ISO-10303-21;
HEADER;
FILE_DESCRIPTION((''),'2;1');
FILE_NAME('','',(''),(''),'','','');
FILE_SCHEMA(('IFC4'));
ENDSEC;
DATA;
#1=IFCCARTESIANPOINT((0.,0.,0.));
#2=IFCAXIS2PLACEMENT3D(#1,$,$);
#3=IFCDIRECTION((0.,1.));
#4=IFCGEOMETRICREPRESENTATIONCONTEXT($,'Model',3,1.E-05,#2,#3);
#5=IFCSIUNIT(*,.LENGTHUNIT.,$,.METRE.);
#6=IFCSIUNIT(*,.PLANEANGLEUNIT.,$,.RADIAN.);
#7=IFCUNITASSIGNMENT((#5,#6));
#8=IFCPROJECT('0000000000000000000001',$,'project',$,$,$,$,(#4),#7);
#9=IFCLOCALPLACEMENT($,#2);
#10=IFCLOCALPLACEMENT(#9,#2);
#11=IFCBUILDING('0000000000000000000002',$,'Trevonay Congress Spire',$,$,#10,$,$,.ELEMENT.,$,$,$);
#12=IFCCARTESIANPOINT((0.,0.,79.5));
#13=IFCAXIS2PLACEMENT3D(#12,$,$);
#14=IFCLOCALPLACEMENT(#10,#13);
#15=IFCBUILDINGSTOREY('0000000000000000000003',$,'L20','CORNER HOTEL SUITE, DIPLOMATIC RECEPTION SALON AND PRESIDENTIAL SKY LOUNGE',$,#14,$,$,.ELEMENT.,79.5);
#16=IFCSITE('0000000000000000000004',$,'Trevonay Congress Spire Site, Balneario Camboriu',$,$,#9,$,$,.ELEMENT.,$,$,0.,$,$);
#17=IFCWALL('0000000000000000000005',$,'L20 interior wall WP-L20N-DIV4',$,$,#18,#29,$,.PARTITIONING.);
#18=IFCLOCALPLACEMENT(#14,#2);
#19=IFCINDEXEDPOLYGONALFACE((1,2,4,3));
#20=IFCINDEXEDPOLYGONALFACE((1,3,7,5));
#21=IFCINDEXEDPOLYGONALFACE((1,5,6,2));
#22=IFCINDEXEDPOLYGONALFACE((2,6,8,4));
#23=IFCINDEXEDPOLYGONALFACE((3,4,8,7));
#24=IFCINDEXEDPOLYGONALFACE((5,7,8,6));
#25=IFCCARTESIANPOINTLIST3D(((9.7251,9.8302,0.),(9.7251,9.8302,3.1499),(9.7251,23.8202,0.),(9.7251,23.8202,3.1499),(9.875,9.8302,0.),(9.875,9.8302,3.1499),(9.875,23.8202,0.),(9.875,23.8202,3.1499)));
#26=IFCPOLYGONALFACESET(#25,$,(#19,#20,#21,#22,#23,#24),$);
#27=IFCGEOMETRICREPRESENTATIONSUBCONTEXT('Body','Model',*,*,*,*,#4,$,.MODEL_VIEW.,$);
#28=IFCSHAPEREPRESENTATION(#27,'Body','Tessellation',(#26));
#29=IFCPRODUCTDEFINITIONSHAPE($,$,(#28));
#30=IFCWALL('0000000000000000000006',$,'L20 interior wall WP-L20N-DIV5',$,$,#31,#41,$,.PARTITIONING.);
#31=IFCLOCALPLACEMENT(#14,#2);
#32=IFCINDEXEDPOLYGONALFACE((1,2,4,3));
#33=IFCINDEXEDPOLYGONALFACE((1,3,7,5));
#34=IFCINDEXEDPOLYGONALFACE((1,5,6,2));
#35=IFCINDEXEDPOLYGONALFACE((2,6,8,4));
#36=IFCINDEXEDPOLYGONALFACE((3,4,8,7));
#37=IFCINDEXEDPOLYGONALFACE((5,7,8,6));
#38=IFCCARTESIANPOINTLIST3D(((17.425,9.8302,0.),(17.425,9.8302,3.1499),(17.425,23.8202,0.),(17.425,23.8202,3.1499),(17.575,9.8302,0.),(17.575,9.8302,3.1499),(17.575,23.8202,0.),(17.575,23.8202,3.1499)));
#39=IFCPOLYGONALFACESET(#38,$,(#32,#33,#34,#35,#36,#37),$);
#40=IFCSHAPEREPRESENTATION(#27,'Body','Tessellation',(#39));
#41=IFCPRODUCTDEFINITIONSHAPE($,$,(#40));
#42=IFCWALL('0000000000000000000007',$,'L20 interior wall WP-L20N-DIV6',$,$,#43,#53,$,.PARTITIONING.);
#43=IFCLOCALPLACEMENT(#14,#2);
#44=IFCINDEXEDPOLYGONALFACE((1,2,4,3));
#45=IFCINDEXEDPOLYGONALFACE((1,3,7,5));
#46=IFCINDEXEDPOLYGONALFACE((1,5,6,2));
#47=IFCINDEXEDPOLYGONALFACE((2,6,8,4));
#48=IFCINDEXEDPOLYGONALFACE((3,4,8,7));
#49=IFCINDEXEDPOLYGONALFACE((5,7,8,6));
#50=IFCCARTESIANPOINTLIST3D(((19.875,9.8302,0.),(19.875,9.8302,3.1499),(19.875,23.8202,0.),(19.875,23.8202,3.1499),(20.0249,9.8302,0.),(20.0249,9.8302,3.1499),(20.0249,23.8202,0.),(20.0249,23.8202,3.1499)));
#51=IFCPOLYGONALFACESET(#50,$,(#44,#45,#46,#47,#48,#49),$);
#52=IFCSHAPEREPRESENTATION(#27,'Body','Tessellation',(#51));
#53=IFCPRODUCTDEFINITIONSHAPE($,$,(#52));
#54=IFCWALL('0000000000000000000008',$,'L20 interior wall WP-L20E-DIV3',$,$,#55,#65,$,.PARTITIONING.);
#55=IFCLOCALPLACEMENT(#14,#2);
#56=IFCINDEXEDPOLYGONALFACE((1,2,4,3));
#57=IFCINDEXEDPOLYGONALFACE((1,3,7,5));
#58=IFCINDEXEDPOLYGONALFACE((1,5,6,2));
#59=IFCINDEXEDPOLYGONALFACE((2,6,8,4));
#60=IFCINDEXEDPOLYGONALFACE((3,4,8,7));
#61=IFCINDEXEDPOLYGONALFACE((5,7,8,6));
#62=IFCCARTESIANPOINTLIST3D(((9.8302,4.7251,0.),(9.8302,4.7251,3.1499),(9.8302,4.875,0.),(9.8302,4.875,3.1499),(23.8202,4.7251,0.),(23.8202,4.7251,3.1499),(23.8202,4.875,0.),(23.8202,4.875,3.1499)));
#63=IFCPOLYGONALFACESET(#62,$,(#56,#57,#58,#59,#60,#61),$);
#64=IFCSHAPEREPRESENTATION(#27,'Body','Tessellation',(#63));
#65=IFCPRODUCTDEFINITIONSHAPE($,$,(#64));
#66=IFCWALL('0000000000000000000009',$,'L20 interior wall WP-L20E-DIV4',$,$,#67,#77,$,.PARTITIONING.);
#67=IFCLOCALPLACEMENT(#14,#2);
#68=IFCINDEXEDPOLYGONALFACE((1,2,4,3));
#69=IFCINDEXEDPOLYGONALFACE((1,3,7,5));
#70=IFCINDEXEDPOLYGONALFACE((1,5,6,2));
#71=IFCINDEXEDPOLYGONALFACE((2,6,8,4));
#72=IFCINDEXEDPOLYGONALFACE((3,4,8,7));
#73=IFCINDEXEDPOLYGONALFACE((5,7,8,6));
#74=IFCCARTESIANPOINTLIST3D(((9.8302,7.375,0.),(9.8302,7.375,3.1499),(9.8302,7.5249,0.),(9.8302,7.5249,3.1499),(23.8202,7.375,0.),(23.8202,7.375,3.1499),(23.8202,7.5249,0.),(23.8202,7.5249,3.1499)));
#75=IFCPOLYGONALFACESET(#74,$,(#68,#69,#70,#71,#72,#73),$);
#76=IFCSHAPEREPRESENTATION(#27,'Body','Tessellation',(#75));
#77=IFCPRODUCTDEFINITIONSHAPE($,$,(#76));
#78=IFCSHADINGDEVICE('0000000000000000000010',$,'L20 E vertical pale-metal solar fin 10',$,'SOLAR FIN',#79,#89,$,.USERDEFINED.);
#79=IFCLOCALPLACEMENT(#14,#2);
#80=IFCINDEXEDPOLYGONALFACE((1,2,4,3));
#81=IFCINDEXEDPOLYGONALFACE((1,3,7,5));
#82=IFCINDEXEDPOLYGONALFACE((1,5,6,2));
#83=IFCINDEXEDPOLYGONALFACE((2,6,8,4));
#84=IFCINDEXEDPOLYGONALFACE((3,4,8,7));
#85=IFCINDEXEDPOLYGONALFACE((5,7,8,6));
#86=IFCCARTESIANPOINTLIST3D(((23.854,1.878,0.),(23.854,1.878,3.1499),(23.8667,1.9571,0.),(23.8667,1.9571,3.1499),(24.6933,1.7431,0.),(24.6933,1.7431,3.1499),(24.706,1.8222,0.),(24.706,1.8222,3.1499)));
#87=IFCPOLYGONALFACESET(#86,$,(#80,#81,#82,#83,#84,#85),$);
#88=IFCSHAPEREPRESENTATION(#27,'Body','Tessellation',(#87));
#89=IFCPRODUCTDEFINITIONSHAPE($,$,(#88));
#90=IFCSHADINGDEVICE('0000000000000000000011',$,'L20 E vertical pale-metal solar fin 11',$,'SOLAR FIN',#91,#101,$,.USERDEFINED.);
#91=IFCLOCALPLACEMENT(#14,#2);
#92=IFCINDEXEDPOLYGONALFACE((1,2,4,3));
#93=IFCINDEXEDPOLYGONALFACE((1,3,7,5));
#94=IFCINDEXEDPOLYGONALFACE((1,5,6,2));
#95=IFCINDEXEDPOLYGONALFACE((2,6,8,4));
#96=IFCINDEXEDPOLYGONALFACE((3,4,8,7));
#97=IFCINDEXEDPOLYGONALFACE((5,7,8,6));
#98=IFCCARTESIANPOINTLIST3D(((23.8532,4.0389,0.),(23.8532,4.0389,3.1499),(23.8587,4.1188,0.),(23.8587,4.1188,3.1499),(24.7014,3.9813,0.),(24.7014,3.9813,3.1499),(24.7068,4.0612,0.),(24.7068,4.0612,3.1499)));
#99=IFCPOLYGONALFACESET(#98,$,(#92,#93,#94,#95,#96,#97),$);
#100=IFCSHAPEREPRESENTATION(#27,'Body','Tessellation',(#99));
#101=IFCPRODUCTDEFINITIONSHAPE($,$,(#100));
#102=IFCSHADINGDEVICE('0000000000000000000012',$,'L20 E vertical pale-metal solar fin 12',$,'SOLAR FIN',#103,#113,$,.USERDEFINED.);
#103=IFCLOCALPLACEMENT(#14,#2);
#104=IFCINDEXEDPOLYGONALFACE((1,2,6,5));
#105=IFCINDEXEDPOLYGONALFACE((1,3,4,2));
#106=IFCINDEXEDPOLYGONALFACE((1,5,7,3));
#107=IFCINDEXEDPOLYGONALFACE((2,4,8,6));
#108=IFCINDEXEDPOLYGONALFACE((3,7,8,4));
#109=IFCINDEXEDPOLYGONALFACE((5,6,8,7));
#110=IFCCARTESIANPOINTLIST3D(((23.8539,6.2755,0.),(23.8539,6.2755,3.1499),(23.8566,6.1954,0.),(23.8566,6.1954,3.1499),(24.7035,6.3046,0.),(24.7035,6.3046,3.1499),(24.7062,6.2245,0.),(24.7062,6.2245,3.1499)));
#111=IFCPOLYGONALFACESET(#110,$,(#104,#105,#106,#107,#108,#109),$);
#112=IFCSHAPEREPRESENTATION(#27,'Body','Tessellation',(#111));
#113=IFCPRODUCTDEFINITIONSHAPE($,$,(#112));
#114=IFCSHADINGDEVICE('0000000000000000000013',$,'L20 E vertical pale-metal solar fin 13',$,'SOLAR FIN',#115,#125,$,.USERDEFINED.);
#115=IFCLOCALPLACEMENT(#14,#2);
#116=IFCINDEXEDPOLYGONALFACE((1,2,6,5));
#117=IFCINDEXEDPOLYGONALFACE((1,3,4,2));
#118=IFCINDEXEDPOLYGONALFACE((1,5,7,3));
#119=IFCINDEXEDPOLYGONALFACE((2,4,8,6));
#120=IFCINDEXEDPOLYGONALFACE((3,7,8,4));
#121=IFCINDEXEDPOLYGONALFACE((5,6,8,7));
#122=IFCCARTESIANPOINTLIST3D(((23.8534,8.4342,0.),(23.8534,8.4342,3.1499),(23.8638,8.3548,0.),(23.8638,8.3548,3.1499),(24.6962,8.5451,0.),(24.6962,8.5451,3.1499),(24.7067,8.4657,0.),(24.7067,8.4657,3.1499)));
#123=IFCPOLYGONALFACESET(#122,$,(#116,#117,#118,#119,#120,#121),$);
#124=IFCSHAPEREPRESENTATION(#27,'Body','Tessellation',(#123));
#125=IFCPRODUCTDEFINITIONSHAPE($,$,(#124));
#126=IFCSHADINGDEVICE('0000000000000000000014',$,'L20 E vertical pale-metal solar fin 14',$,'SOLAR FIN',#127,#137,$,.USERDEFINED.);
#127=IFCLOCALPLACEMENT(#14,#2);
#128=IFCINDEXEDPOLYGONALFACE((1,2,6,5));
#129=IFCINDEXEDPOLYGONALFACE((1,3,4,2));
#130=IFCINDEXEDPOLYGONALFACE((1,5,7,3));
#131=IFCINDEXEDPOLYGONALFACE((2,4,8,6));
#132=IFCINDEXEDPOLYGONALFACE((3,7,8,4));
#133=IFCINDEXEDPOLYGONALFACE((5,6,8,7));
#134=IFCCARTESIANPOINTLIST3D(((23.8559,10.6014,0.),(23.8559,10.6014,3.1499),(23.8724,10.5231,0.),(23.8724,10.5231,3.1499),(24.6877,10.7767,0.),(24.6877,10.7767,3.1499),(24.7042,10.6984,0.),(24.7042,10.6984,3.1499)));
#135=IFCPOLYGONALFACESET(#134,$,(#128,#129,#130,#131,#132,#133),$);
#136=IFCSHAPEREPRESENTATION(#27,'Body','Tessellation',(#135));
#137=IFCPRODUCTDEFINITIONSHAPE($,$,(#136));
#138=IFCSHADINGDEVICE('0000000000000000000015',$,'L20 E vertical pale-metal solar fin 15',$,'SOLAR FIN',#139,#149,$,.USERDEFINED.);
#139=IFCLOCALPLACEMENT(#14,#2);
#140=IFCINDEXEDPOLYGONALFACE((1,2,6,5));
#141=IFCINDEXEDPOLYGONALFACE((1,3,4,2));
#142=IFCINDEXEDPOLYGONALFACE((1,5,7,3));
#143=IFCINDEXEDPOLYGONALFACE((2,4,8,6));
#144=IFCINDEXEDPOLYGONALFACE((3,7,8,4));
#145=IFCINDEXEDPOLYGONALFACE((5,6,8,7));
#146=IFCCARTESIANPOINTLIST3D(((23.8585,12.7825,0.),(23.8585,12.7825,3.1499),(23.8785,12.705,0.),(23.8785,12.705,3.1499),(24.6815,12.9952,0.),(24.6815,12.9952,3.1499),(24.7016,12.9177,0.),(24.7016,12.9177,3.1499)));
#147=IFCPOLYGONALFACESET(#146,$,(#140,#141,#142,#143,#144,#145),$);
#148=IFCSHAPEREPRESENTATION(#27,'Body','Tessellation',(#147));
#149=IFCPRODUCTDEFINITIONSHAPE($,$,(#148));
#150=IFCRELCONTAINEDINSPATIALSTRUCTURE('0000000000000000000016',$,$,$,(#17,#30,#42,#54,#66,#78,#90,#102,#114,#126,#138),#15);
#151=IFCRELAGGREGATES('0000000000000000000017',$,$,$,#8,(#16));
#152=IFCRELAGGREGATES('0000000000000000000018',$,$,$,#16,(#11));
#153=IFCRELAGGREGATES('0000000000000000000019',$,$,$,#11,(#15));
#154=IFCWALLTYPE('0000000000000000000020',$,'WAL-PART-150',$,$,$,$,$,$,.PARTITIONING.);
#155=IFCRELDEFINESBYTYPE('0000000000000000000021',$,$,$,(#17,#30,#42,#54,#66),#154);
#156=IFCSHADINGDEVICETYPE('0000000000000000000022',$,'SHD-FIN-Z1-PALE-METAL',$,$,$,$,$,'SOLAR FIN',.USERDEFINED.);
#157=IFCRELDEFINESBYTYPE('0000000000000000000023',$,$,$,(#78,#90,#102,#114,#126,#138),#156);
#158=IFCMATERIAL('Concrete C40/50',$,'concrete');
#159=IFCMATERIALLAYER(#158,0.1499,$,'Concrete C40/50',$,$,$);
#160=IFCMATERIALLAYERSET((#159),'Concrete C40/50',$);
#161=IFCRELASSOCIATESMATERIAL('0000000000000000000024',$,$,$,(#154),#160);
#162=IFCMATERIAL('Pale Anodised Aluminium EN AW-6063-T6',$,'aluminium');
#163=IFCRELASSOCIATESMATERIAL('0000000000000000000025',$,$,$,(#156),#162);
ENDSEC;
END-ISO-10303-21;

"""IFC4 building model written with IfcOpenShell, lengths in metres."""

from ifc_helpers import new_model, si_unit, direction, frame, frame_2d, origin, origin_2d, place, context, subcontext, project, spatial, rectangle, extrude, material, layer, layer_set, type_object, element, save


model = new_model("IFC4")

# Units and contexts
model_context = context("Model", 3, precision=1e-05, world=origin(), true_north=direction((0.0, 1.0)))
body_context = subcontext(model_context, "Body", "Model", "MODEL_VIEW")
ifc_project = project(units=[si_unit("LENGTHUNIT", "METRE"), si_unit("PLANEANGLEUNIT", "RADIAN")], contexts=[model_context])

# Site, building, storey
site_placement = place(None, origin())
site = spatial("IfcSite", under=ifc_project, at=site_placement, Name="Trevonay Congress Spire Site, Balneario Camboriu", CompositionType="ELEMENT", RefElevation=0.0)
building_placement = place(site_placement, origin())
building = spatial("IfcBuilding", under=site, at=building_placement, Name="Trevonay Congress Spire", CompositionType="ELEMENT")
storey_placement = place(building_placement, frame((0.0, 0.0, 79.5)))
storey = spatial("IfcBuildingStorey", under=building, at=storey_placement, Name="L20", Description="CORNER HOTEL SUITE, DIPLOMATIC RECEPTION SALON AND PRESIDENTIAL SKY LOUNGE", CompositionType="ELEMENT", Elevation=79.5)

# Shared definitions
ifc_material_1 = material(Name="Pale Anodised Aluminium EN AW-6063-T6", Category="aluminium")

# Walls
ifc_material_2 = material(Name="Concrete C40/50", Category="concrete")
ifc_layer_1 = layer(ifc_material_2, 0.1499, Name="Concrete C40/50")
ifc_layer_set_1 = layer_set([ifc_layer_1], Name="Concrete C40/50")
wall_type = type_object("IfcWallType", Name="WAL-PART-150", PredefinedType="PARTITIONING", material=ifc_layer_set_1)
for number, where, z_axis, x_axis, name in (
    (1, (9.8, 9.8301, 0.0), (0.0, 0.0, 1.0), (0.0, 1.0, 0.0), "L20 interior wall WP-L20N-DIV4"),
    (2, (17.5, 9.8301, 0.0), (0.0, 0.0, 1.0), (0.0, 1.0, 0.0), "L20 interior wall WP-L20N-DIV5"),
    (3, (19.95, 9.8301, 0.0), (0.0, 0.0, 1.0), (0.0, 1.0, 0.0), "L20 interior wall WP-L20N-DIV6"),
    (4, (9.8301, 4.8, 0.0), (0.0, 0.0, 1.0), (1.0, 0.0, 0.0), "L20 interior wall WP-L20E-DIV3"),
    (5, (9.8301, 7.45, 0.0), (0.0, 0.0, 1.0), (1.0, 0.0, 0.0), "L20 interior wall WP-L20E-DIV4"),
):
    element("IfcWall", number, at=place(storey_placement, frame(where, z_axis=z_axis, x_axis=x_axis)), inside=storey, type_object=wall_type, Name=name, PredefinedType="PARTITIONING", context=body_context, shape_type="SweptSolid", body=[
        extrude(rectangle(XDim=13.99, YDim=0.1499, at=frame_2d((6.9951, 0.0))), origin(), (0.0, 0.0, 1.0), 3.1499),
    ])

# Shading devices
shading_device_type = type_object("IfcShadingDeviceType", Name="SHD-FIN-Z1-PALE-METAL", ElementType="SOLAR FIN", PredefinedType="USERDEFINED", material=ifc_material_1)
for number, where, z_axis, x_axis, name in (
    (6, (24.28, 1.8501, 0.0), (0.0, 0.0, 1.0), (0.158675, 0.987331, 0.0), "L20 E vertical pale-metal solar fin 10"),
    (7, (24.28, 4.05, 0.0), (0.0, 0.0, 1.0), (0.067667, 0.997708, 0.0), "L20 E vertical pale-metal solar fin 11"),
    (8, (24.28, 6.25, 0.0), (0.0, 0.0, 1.0), (-0.034202, 0.999415, 0.0), "L20 E vertical pale-metal solar fin 12"),
    (9, (24.28, 8.45, 0.0), (0.0, 0.0, 1.0), (-0.130526, 0.991445, 0.0), "L20 E vertical pale-metal solar fin 13"),
    (10, (24.28, 10.6499, 0.0), (0.0, 0.0, 1.0), (-0.206204, 0.978509, 0.0), "L20 E vertical pale-metal solar fin 14"),
    (11, (24.28, 12.8501, 0.0), (0.0, 0.0, 1.0), (-0.250211, 0.968191, 0.0), "L20 E vertical pale-metal solar fin 15"),
):
    element("IfcShadingDevice", number, at=place(storey_placement, frame(where, z_axis=z_axis, x_axis=x_axis)), inside=storey, type_object=shading_device_type, Name=name, ObjectType="SOLAR FIN", PredefinedType="USERDEFINED", context=body_context, shape_type="SweptSolid", body=[
        extrude(rectangle(XDim=0.0801, YDim=0.8501, at=origin_2d()), origin(), (0.0, 0.0, 1.0), 3.1499),
    ])

save(model, "model.ifc")
